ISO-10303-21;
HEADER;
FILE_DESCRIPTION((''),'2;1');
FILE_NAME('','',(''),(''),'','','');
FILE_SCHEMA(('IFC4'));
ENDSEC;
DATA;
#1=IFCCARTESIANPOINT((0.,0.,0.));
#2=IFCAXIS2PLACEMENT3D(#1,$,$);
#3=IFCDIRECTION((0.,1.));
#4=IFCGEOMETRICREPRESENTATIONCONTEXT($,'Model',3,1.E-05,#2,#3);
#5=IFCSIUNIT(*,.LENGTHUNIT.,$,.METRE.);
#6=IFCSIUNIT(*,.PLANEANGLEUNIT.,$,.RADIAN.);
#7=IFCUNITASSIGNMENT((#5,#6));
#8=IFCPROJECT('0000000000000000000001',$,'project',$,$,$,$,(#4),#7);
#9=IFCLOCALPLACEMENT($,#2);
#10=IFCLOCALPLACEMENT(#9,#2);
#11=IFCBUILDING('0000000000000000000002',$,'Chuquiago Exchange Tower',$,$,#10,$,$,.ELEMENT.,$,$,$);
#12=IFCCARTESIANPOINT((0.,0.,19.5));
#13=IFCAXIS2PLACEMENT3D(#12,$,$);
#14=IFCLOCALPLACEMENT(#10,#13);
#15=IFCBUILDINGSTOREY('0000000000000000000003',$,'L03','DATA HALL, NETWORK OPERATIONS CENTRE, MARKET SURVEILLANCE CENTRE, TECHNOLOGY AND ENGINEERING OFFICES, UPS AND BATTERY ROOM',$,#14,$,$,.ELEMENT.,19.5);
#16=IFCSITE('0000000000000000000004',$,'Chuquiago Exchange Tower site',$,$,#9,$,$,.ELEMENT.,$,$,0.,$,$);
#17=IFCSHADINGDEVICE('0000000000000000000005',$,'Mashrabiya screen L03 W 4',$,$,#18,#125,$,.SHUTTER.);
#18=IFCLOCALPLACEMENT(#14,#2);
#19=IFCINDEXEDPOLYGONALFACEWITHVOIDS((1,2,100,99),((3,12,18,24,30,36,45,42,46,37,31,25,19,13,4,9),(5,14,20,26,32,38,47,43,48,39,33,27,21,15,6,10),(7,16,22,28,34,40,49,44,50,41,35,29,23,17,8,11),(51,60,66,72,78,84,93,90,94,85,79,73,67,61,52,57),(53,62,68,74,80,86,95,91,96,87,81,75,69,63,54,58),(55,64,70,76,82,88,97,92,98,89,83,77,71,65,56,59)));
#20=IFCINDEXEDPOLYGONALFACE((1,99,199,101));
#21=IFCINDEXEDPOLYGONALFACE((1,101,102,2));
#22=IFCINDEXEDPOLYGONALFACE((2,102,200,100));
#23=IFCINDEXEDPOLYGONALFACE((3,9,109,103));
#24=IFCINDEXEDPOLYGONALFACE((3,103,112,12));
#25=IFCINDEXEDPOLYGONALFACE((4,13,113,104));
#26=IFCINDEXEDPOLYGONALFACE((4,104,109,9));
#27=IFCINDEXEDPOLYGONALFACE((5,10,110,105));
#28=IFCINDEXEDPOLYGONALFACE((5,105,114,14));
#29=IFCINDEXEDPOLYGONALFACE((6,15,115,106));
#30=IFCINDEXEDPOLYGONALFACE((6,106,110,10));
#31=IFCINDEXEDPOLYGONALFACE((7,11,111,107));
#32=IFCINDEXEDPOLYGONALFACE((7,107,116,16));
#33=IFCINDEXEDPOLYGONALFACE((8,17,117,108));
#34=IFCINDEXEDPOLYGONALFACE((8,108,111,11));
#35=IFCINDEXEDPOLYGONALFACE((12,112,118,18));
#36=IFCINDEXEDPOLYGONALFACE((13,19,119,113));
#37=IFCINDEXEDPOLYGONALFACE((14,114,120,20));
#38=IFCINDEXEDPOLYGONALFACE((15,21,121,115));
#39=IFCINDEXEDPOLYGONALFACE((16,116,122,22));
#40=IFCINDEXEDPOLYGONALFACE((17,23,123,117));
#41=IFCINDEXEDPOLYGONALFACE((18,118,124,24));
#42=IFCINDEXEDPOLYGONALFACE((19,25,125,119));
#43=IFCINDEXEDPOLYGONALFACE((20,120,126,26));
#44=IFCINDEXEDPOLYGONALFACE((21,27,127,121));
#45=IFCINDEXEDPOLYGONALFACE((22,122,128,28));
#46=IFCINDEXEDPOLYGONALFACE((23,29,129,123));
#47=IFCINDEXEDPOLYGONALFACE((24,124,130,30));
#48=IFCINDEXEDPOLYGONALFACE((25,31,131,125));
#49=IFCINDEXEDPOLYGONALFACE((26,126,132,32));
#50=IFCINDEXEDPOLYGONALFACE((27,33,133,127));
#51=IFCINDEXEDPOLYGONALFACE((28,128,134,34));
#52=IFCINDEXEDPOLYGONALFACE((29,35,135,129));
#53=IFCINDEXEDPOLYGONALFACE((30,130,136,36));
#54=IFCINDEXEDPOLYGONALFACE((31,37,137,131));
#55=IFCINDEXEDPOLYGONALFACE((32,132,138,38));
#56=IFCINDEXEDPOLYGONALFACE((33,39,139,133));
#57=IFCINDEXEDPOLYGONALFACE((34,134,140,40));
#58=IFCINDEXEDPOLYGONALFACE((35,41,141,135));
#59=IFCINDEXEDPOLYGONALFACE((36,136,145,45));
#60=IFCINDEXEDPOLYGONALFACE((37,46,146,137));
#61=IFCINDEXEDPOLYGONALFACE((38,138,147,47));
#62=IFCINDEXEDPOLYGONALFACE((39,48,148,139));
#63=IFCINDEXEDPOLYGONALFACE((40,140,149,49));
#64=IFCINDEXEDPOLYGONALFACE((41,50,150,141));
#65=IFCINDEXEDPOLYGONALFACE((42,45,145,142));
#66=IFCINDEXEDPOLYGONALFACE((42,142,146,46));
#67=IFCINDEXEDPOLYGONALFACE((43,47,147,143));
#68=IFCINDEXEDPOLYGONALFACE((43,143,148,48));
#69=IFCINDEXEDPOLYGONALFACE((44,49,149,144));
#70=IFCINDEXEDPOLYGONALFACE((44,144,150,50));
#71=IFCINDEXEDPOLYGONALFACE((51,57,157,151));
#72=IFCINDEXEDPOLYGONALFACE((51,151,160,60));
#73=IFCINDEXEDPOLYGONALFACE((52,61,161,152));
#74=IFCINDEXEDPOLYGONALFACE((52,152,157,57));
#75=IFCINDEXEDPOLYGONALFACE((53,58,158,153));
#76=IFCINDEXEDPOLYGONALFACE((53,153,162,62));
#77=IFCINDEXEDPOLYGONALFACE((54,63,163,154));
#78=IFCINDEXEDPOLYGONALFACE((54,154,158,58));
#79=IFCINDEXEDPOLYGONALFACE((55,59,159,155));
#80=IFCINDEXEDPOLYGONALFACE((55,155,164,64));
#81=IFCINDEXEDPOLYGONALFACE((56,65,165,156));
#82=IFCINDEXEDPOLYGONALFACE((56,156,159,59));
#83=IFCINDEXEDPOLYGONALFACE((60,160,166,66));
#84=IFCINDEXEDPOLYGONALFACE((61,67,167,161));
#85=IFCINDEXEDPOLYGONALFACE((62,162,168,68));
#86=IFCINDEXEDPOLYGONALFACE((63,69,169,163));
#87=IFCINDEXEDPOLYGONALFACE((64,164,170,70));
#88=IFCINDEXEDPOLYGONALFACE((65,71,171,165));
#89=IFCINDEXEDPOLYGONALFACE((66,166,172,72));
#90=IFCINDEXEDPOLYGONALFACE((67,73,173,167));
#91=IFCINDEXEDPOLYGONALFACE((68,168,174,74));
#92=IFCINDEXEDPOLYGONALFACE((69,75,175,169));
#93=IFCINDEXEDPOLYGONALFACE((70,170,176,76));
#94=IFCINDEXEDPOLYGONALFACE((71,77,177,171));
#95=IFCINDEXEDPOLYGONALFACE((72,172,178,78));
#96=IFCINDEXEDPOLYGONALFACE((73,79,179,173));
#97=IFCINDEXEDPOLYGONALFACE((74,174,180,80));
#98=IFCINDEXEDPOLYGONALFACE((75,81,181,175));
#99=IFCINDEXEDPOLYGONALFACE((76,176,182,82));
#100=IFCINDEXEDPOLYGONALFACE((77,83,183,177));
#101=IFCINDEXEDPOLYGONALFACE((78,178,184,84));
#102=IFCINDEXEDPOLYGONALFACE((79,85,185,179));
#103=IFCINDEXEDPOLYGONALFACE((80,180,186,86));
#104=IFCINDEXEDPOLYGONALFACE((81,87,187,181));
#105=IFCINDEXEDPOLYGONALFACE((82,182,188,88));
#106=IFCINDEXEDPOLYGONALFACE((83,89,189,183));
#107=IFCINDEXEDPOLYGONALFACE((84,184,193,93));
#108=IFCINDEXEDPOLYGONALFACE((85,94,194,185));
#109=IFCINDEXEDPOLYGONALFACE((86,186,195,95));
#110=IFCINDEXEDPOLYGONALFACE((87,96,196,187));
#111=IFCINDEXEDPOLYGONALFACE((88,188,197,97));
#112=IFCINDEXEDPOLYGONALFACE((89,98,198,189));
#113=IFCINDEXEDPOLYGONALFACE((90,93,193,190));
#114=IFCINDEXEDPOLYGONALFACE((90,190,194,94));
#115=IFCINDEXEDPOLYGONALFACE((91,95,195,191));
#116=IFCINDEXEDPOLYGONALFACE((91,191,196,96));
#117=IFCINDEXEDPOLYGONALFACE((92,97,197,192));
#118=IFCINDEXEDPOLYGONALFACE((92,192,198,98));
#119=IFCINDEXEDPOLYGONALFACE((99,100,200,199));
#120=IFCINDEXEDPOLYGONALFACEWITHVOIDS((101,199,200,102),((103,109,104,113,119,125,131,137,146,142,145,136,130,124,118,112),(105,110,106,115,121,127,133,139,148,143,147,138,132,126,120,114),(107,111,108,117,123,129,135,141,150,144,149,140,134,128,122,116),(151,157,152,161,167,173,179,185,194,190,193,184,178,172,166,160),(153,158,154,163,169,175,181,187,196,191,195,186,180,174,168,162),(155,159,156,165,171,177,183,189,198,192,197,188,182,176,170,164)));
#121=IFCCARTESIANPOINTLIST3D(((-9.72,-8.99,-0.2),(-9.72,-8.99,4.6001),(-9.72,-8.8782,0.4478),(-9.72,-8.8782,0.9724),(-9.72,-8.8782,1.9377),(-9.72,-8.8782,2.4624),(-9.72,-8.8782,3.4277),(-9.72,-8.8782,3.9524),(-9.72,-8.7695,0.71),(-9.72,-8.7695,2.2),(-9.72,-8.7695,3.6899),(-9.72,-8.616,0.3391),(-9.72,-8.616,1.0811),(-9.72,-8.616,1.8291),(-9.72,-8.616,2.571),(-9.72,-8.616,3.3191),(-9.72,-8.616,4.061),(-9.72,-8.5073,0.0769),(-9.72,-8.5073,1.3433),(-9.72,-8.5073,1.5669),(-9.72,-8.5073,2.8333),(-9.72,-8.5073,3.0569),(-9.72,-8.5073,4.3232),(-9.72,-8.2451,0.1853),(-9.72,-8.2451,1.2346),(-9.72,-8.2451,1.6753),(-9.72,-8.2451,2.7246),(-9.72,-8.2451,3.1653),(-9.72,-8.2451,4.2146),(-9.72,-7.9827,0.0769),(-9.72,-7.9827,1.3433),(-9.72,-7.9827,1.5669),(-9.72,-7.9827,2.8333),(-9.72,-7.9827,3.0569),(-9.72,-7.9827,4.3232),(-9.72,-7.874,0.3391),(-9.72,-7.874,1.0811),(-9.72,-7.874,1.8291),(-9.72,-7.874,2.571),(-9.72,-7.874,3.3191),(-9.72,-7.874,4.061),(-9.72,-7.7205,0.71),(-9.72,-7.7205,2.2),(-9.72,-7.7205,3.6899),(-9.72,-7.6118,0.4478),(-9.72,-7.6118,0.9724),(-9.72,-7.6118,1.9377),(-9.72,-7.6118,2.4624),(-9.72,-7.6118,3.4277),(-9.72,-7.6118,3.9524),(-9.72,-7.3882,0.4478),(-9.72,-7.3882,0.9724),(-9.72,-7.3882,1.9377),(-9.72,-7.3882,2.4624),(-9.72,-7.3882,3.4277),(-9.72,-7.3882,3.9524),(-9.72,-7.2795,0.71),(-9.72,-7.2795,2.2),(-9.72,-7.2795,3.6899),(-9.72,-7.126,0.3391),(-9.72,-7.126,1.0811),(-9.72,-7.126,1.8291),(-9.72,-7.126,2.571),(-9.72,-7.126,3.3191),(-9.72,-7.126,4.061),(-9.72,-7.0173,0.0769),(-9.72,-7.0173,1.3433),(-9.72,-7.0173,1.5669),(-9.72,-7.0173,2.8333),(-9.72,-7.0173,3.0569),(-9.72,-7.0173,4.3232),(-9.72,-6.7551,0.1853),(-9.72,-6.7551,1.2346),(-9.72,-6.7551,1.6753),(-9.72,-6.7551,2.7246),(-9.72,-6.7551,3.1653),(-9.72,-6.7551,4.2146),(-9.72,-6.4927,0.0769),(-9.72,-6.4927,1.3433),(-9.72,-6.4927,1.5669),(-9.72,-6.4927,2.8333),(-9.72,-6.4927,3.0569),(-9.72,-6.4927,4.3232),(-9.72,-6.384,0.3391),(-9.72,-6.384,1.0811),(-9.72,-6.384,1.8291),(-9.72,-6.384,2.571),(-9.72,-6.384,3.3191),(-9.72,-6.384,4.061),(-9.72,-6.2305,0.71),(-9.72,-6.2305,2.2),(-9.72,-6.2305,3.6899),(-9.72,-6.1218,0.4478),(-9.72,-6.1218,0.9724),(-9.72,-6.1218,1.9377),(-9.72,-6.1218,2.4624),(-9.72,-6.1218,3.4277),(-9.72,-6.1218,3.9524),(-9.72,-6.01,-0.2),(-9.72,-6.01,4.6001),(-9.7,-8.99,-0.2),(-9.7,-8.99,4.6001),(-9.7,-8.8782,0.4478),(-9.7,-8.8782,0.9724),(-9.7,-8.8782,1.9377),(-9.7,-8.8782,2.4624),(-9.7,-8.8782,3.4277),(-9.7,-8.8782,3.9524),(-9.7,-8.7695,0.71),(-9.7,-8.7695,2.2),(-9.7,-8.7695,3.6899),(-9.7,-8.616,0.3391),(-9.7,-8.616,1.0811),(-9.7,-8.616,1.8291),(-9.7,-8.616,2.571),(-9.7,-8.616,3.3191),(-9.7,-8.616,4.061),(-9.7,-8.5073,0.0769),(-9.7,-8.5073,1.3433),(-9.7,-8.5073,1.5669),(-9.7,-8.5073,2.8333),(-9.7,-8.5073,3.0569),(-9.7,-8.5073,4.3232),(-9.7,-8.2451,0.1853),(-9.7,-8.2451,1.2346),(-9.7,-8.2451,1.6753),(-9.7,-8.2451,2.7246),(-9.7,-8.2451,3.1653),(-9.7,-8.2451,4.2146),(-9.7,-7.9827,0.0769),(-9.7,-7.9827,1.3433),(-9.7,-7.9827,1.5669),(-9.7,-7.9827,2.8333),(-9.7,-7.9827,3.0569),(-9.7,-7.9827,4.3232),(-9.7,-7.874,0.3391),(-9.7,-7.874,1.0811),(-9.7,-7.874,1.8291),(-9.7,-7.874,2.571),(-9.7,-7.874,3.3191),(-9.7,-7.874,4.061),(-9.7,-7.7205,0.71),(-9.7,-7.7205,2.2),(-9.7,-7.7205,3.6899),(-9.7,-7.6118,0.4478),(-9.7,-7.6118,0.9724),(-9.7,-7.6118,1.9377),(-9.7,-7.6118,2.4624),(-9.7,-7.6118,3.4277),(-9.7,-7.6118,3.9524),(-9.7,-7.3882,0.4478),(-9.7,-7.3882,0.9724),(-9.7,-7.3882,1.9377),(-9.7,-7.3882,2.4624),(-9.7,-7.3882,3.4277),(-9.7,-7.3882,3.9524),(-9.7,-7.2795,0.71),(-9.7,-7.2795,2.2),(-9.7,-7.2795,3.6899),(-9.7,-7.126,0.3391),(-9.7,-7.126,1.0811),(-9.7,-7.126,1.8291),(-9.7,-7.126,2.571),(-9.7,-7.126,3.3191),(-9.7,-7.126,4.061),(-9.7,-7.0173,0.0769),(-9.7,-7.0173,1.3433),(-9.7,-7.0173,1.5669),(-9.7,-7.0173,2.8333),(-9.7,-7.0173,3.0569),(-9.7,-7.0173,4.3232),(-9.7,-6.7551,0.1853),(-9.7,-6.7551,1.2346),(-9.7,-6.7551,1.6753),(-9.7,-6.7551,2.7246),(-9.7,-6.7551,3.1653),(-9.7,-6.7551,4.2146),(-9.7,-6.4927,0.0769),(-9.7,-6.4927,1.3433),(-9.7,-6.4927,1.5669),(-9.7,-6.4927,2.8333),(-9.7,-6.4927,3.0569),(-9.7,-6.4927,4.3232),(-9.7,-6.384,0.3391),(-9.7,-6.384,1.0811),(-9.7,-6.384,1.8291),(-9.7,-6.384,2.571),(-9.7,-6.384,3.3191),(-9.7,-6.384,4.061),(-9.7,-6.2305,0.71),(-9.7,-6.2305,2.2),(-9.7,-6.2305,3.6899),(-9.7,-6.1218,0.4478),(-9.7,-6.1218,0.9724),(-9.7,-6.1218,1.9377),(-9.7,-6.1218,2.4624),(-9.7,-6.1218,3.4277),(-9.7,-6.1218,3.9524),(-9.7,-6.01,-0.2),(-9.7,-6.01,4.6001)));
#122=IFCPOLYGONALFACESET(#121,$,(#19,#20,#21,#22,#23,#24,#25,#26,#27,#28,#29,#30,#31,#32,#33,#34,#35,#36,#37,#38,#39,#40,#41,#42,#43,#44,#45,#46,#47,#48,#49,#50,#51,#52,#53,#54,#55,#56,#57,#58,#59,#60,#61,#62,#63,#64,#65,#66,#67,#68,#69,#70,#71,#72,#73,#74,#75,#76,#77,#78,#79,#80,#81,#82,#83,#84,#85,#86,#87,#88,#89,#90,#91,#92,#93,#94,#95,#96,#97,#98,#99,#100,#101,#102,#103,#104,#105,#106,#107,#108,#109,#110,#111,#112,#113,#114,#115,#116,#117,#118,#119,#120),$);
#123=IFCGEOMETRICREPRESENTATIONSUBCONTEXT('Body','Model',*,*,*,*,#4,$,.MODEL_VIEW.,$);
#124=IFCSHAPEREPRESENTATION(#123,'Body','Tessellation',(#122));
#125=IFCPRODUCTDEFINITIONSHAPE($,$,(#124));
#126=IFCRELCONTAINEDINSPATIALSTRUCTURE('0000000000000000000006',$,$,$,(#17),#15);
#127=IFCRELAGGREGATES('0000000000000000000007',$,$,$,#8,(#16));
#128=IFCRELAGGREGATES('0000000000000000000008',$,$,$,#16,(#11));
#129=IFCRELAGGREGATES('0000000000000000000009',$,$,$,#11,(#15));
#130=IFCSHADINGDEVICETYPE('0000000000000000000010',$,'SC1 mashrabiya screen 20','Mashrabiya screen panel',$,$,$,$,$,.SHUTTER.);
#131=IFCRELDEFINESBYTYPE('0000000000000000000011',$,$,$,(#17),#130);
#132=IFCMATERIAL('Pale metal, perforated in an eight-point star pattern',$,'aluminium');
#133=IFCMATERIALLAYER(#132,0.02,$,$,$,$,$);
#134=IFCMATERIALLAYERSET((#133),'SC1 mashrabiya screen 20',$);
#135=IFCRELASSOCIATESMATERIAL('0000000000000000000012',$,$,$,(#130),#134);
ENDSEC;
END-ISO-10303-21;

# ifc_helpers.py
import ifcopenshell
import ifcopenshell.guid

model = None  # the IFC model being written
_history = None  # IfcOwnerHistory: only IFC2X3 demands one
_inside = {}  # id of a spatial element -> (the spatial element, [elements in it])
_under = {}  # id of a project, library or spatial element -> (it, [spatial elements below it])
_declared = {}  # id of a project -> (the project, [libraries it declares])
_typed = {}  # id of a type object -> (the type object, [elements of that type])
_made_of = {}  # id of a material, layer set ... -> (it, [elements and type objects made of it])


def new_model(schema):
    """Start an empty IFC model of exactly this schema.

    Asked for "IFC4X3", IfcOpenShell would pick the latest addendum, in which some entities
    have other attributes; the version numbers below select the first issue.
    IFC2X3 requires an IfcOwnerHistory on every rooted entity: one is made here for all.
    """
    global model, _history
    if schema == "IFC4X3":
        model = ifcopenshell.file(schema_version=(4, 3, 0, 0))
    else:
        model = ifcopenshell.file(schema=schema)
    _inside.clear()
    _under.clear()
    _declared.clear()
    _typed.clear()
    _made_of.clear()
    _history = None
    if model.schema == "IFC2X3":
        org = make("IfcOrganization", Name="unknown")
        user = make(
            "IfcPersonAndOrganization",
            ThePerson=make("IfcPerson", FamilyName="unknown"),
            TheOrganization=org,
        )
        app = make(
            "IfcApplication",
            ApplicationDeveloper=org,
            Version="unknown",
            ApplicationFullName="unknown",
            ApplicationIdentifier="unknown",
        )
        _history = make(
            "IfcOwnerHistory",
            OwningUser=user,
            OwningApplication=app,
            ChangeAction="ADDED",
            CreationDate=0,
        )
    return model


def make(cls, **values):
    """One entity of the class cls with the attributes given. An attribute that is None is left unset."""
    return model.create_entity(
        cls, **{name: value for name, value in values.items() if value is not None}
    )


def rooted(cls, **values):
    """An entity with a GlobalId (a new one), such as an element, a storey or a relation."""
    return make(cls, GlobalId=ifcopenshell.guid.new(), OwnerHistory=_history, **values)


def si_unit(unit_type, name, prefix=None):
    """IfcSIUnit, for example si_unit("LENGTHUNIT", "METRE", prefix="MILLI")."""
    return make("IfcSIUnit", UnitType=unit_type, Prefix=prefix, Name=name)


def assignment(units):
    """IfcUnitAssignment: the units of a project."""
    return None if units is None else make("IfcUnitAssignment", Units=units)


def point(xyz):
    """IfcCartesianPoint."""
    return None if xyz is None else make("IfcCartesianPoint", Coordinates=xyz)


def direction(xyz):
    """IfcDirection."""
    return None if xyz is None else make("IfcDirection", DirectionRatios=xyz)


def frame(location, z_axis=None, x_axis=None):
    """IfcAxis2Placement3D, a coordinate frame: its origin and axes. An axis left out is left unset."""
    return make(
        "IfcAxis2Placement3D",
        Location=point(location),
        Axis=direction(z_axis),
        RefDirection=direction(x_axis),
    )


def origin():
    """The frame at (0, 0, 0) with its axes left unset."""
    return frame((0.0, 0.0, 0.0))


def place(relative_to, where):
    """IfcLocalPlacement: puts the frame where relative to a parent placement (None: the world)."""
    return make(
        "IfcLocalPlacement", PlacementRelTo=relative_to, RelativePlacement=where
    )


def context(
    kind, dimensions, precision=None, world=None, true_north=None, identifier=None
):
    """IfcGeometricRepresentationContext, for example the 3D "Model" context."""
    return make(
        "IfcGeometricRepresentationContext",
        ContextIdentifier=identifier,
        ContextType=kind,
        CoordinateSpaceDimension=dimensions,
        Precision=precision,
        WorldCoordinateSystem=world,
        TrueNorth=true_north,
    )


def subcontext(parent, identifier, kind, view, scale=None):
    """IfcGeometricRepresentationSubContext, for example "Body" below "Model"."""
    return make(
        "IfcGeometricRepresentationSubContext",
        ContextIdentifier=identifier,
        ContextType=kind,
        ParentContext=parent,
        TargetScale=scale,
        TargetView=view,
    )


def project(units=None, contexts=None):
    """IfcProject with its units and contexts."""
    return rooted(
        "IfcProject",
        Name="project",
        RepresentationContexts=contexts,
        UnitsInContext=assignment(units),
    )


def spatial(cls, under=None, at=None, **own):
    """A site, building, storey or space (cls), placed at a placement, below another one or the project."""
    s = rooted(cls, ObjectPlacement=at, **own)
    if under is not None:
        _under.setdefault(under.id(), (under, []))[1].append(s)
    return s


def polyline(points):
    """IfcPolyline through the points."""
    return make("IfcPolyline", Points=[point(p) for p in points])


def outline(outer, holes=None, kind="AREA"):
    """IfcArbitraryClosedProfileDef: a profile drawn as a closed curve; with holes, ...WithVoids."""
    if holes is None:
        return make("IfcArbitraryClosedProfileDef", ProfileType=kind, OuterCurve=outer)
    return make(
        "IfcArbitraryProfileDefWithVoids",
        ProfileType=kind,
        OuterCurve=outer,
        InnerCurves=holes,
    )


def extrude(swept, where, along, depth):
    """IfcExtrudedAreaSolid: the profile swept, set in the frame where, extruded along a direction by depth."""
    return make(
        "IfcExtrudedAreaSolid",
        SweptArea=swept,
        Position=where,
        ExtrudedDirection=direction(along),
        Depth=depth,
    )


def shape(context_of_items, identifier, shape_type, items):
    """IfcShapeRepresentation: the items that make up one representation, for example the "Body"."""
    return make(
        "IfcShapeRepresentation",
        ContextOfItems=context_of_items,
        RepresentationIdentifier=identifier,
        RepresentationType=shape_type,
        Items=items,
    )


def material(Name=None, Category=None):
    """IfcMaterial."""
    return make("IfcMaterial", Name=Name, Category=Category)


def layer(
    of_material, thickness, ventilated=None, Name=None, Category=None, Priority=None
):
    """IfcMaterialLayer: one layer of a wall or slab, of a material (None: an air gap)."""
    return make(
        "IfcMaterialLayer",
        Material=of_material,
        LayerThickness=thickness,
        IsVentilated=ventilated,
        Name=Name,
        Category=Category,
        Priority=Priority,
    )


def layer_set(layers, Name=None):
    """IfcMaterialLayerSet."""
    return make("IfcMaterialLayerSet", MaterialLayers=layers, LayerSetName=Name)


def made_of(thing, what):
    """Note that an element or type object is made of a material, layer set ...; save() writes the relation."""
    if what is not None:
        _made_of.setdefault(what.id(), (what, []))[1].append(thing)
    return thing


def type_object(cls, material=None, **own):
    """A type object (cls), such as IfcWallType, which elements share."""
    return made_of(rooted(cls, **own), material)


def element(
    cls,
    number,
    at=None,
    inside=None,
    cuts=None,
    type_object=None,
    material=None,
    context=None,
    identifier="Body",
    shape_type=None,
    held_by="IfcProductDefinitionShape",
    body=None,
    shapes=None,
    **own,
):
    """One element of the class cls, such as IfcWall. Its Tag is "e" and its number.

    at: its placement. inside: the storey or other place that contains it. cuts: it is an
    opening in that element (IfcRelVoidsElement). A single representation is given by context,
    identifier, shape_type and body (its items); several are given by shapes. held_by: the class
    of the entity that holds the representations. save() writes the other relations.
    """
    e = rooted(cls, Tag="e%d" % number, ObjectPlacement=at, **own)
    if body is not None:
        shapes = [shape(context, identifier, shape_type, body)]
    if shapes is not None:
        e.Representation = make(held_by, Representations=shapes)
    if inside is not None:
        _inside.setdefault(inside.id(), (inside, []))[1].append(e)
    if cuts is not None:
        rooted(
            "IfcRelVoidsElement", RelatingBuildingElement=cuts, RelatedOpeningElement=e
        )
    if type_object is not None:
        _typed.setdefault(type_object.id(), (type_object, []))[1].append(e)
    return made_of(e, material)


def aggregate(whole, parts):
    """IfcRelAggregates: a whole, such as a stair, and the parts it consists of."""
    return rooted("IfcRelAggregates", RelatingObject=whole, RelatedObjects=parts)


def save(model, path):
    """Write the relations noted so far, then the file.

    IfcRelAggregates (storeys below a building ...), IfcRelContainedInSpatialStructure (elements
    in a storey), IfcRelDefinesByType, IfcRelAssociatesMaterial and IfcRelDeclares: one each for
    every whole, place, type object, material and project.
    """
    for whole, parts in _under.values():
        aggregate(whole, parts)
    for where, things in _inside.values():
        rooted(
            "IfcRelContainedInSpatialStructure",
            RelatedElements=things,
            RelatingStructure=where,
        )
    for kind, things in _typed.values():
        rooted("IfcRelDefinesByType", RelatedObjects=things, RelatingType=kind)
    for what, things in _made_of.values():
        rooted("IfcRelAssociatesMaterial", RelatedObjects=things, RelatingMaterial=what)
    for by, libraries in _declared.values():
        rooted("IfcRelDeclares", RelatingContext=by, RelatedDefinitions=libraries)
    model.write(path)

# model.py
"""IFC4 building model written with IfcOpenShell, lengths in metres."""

from ifc_helpers import new_model, si_unit, direction, frame, origin, place, context, subcontext, project, spatial, polyline, outline, extrude, material, layer, layer_set, type_object, element, save


model = new_model("IFC4")

# Units and contexts
model_context = context("Model", 3, precision=1e-05, world=origin(), true_north=direction((0.0, 1.0)))
body_context = subcontext(model_context, "Body", "Model", "MODEL_VIEW")
ifc_project = project(units=[si_unit("LENGTHUNIT", "METRE"), si_unit("PLANEANGLEUNIT", "RADIAN")], contexts=[model_context])

# Site, building, storey
site_placement = place(None, origin())
site = spatial("IfcSite", under=ifc_project, at=site_placement, Name="Chuquiago Exchange Tower site", CompositionType="ELEMENT", RefElevation=0.0)
building_placement = place(site_placement, origin())
building = spatial("IfcBuilding", under=site, at=building_placement, Name="Chuquiago Exchange Tower", CompositionType="ELEMENT")
storey_placement = place(building_placement, frame((0.0, 0.0, 19.5)))
storey = spatial("IfcBuildingStorey", under=building, at=storey_placement, Name="L03", Description="DATA HALL, NETWORK OPERATIONS CENTRE, MARKET SURVEILLANCE CENTRE, TECHNOLOGY AND ENGINEERING OFFICES, UPS AND BATTERY ROOM", CompositionType="ELEMENT", Elevation=19.5)

# Shading device
ifc_material_1 = material(Name="Pale metal, perforated in an eight-point star pattern", Category="aluminium")
ifc_layer_1 = layer(ifc_material_1, 0.02)
ifc_layer_set_1 = layer_set([ifc_layer_1], Name="SC1 mashrabiya screen 20")
shading_device_type = type_object("IfcShadingDeviceType", Name="SC1 mashrabiya screen 20", Description="Mashrabiya screen panel", PredefinedType="SHUTTER", material=ifc_layer_set_1)
shading_device_1_placement = place(storey_placement, frame((-9.7, -6.01, -0.2), z_axis=(0.0, 0.0, 1.0), x_axis=(0.0, -1.0, 0.0)))
element("IfcShadingDevice", 1, at=shading_device_1_placement, inside=storey, type_object=shading_device_type, Name="Mashrabiya screen L03 W 4", PredefinedType="SHUTTER", context=body_context, shape_type="SweptSolid", body=[
    extrude(outline(polyline([(0.0, 0.0), (2.98, 0.0), (2.98, 4.8), (0.0, 4.8), (0.0, 0.0)]), holes=[polyline([(1.2695, 0.9099), (1.3782, 1.1724), (1.116, 1.281), (1.0073, 1.5432), (0.7451, 1.4346), (0.4827, 1.5432), (0.374, 1.281), (0.1118, 1.1724), (0.2205, 0.9099), (0.1118, 0.6477), (0.374, 0.5391), (0.4827, 0.2769), (0.7451, 0.3853), (1.0073, 0.2769), (1.116, 0.5391), (1.3782, 0.6477), (1.2695, 0.9099)]), polyline([(2.7595, 0.9099), (2.8682, 1.1724), (2.606, 1.281), (2.4973, 1.5432), (2.2351, 1.4346), (1.9727, 1.5432), (1.864, 1.281), (1.6018, 1.1724), (1.7104, 0.9099), (1.6018, 0.6477), (1.864, 0.5391), (1.9727, 0.2769), (2.2351, 0.3853), (2.4973, 0.2769), (2.606, 0.5391), (2.8682, 0.6477), (2.7595, 0.9099)]), polyline([(1.2695, 2.3999), (1.3782, 2.6624), (1.116, 2.771), (1.0073, 3.0332), (0.7451, 2.9246), (0.4827, 3.0332), (0.374, 2.771), (0.1118, 2.6624), (0.2205, 2.3999), (0.1118, 2.1377), (0.374, 2.0291), (0.4827, 1.7668), (0.7451, 1.8752), (1.0073, 1.7668), (1.116, 2.0291), (1.3782, 2.1377), (1.2695, 2.3999)]), polyline([(2.7595, 2.3999), (2.8682, 2.6624), (2.606, 2.771), (2.4973, 3.0332), (2.2351, 2.9246), (1.9727, 3.0332), (1.864, 2.771), (1.6018, 2.6624), (1.7104, 2.3999), (1.6018, 2.1377), (1.864, 2.0291), (1.9727, 1.7668), (2.2351, 1.8752), (2.4973, 1.7668), (2.606, 2.0291), (2.8682, 2.1377), (2.7595, 2.3999)]), polyline([(1.2695, 3.8899), (1.3782, 4.1523), (1.116, 4.261), (1.0073, 4.5232), (0.7451, 4.4146), (0.4827, 4.5232), (0.374, 4.261), (0.1118, 4.1523), (0.2205, 3.8899), (0.1118, 3.6277), (0.374, 3.519), (0.4827, 3.2568), (0.7451, 3.3652), (1.0073, 3.2568), (1.116, 3.519), (1.3782, 3.6277), (1.2695, 3.8899)]), polyline([(2.7595, 3.8899), (2.8682, 4.1523), (2.606, 4.261), (2.4973, 4.5232), (2.2351, 4.4146), (1.9727, 4.5232), (1.864, 4.261), (1.6018, 4.1523), (1.7104, 3.8899), (1.6018, 3.6277), (1.864, 3.519), (1.9727, 3.2568), (2.2351, 3.3652), (2.4973, 3.2568), (2.606, 3.519), (2.8682, 3.6277), (2.7595, 3.8899)])]), frame((0.0, 0.0, 0.0), z_axis=(0.0, -1.0, 0.0), x_axis=(1.0, 0.0, 0.0)), (0.0, 0.0, 1.0), 0.02),
])

save(model, "model.ifc")
